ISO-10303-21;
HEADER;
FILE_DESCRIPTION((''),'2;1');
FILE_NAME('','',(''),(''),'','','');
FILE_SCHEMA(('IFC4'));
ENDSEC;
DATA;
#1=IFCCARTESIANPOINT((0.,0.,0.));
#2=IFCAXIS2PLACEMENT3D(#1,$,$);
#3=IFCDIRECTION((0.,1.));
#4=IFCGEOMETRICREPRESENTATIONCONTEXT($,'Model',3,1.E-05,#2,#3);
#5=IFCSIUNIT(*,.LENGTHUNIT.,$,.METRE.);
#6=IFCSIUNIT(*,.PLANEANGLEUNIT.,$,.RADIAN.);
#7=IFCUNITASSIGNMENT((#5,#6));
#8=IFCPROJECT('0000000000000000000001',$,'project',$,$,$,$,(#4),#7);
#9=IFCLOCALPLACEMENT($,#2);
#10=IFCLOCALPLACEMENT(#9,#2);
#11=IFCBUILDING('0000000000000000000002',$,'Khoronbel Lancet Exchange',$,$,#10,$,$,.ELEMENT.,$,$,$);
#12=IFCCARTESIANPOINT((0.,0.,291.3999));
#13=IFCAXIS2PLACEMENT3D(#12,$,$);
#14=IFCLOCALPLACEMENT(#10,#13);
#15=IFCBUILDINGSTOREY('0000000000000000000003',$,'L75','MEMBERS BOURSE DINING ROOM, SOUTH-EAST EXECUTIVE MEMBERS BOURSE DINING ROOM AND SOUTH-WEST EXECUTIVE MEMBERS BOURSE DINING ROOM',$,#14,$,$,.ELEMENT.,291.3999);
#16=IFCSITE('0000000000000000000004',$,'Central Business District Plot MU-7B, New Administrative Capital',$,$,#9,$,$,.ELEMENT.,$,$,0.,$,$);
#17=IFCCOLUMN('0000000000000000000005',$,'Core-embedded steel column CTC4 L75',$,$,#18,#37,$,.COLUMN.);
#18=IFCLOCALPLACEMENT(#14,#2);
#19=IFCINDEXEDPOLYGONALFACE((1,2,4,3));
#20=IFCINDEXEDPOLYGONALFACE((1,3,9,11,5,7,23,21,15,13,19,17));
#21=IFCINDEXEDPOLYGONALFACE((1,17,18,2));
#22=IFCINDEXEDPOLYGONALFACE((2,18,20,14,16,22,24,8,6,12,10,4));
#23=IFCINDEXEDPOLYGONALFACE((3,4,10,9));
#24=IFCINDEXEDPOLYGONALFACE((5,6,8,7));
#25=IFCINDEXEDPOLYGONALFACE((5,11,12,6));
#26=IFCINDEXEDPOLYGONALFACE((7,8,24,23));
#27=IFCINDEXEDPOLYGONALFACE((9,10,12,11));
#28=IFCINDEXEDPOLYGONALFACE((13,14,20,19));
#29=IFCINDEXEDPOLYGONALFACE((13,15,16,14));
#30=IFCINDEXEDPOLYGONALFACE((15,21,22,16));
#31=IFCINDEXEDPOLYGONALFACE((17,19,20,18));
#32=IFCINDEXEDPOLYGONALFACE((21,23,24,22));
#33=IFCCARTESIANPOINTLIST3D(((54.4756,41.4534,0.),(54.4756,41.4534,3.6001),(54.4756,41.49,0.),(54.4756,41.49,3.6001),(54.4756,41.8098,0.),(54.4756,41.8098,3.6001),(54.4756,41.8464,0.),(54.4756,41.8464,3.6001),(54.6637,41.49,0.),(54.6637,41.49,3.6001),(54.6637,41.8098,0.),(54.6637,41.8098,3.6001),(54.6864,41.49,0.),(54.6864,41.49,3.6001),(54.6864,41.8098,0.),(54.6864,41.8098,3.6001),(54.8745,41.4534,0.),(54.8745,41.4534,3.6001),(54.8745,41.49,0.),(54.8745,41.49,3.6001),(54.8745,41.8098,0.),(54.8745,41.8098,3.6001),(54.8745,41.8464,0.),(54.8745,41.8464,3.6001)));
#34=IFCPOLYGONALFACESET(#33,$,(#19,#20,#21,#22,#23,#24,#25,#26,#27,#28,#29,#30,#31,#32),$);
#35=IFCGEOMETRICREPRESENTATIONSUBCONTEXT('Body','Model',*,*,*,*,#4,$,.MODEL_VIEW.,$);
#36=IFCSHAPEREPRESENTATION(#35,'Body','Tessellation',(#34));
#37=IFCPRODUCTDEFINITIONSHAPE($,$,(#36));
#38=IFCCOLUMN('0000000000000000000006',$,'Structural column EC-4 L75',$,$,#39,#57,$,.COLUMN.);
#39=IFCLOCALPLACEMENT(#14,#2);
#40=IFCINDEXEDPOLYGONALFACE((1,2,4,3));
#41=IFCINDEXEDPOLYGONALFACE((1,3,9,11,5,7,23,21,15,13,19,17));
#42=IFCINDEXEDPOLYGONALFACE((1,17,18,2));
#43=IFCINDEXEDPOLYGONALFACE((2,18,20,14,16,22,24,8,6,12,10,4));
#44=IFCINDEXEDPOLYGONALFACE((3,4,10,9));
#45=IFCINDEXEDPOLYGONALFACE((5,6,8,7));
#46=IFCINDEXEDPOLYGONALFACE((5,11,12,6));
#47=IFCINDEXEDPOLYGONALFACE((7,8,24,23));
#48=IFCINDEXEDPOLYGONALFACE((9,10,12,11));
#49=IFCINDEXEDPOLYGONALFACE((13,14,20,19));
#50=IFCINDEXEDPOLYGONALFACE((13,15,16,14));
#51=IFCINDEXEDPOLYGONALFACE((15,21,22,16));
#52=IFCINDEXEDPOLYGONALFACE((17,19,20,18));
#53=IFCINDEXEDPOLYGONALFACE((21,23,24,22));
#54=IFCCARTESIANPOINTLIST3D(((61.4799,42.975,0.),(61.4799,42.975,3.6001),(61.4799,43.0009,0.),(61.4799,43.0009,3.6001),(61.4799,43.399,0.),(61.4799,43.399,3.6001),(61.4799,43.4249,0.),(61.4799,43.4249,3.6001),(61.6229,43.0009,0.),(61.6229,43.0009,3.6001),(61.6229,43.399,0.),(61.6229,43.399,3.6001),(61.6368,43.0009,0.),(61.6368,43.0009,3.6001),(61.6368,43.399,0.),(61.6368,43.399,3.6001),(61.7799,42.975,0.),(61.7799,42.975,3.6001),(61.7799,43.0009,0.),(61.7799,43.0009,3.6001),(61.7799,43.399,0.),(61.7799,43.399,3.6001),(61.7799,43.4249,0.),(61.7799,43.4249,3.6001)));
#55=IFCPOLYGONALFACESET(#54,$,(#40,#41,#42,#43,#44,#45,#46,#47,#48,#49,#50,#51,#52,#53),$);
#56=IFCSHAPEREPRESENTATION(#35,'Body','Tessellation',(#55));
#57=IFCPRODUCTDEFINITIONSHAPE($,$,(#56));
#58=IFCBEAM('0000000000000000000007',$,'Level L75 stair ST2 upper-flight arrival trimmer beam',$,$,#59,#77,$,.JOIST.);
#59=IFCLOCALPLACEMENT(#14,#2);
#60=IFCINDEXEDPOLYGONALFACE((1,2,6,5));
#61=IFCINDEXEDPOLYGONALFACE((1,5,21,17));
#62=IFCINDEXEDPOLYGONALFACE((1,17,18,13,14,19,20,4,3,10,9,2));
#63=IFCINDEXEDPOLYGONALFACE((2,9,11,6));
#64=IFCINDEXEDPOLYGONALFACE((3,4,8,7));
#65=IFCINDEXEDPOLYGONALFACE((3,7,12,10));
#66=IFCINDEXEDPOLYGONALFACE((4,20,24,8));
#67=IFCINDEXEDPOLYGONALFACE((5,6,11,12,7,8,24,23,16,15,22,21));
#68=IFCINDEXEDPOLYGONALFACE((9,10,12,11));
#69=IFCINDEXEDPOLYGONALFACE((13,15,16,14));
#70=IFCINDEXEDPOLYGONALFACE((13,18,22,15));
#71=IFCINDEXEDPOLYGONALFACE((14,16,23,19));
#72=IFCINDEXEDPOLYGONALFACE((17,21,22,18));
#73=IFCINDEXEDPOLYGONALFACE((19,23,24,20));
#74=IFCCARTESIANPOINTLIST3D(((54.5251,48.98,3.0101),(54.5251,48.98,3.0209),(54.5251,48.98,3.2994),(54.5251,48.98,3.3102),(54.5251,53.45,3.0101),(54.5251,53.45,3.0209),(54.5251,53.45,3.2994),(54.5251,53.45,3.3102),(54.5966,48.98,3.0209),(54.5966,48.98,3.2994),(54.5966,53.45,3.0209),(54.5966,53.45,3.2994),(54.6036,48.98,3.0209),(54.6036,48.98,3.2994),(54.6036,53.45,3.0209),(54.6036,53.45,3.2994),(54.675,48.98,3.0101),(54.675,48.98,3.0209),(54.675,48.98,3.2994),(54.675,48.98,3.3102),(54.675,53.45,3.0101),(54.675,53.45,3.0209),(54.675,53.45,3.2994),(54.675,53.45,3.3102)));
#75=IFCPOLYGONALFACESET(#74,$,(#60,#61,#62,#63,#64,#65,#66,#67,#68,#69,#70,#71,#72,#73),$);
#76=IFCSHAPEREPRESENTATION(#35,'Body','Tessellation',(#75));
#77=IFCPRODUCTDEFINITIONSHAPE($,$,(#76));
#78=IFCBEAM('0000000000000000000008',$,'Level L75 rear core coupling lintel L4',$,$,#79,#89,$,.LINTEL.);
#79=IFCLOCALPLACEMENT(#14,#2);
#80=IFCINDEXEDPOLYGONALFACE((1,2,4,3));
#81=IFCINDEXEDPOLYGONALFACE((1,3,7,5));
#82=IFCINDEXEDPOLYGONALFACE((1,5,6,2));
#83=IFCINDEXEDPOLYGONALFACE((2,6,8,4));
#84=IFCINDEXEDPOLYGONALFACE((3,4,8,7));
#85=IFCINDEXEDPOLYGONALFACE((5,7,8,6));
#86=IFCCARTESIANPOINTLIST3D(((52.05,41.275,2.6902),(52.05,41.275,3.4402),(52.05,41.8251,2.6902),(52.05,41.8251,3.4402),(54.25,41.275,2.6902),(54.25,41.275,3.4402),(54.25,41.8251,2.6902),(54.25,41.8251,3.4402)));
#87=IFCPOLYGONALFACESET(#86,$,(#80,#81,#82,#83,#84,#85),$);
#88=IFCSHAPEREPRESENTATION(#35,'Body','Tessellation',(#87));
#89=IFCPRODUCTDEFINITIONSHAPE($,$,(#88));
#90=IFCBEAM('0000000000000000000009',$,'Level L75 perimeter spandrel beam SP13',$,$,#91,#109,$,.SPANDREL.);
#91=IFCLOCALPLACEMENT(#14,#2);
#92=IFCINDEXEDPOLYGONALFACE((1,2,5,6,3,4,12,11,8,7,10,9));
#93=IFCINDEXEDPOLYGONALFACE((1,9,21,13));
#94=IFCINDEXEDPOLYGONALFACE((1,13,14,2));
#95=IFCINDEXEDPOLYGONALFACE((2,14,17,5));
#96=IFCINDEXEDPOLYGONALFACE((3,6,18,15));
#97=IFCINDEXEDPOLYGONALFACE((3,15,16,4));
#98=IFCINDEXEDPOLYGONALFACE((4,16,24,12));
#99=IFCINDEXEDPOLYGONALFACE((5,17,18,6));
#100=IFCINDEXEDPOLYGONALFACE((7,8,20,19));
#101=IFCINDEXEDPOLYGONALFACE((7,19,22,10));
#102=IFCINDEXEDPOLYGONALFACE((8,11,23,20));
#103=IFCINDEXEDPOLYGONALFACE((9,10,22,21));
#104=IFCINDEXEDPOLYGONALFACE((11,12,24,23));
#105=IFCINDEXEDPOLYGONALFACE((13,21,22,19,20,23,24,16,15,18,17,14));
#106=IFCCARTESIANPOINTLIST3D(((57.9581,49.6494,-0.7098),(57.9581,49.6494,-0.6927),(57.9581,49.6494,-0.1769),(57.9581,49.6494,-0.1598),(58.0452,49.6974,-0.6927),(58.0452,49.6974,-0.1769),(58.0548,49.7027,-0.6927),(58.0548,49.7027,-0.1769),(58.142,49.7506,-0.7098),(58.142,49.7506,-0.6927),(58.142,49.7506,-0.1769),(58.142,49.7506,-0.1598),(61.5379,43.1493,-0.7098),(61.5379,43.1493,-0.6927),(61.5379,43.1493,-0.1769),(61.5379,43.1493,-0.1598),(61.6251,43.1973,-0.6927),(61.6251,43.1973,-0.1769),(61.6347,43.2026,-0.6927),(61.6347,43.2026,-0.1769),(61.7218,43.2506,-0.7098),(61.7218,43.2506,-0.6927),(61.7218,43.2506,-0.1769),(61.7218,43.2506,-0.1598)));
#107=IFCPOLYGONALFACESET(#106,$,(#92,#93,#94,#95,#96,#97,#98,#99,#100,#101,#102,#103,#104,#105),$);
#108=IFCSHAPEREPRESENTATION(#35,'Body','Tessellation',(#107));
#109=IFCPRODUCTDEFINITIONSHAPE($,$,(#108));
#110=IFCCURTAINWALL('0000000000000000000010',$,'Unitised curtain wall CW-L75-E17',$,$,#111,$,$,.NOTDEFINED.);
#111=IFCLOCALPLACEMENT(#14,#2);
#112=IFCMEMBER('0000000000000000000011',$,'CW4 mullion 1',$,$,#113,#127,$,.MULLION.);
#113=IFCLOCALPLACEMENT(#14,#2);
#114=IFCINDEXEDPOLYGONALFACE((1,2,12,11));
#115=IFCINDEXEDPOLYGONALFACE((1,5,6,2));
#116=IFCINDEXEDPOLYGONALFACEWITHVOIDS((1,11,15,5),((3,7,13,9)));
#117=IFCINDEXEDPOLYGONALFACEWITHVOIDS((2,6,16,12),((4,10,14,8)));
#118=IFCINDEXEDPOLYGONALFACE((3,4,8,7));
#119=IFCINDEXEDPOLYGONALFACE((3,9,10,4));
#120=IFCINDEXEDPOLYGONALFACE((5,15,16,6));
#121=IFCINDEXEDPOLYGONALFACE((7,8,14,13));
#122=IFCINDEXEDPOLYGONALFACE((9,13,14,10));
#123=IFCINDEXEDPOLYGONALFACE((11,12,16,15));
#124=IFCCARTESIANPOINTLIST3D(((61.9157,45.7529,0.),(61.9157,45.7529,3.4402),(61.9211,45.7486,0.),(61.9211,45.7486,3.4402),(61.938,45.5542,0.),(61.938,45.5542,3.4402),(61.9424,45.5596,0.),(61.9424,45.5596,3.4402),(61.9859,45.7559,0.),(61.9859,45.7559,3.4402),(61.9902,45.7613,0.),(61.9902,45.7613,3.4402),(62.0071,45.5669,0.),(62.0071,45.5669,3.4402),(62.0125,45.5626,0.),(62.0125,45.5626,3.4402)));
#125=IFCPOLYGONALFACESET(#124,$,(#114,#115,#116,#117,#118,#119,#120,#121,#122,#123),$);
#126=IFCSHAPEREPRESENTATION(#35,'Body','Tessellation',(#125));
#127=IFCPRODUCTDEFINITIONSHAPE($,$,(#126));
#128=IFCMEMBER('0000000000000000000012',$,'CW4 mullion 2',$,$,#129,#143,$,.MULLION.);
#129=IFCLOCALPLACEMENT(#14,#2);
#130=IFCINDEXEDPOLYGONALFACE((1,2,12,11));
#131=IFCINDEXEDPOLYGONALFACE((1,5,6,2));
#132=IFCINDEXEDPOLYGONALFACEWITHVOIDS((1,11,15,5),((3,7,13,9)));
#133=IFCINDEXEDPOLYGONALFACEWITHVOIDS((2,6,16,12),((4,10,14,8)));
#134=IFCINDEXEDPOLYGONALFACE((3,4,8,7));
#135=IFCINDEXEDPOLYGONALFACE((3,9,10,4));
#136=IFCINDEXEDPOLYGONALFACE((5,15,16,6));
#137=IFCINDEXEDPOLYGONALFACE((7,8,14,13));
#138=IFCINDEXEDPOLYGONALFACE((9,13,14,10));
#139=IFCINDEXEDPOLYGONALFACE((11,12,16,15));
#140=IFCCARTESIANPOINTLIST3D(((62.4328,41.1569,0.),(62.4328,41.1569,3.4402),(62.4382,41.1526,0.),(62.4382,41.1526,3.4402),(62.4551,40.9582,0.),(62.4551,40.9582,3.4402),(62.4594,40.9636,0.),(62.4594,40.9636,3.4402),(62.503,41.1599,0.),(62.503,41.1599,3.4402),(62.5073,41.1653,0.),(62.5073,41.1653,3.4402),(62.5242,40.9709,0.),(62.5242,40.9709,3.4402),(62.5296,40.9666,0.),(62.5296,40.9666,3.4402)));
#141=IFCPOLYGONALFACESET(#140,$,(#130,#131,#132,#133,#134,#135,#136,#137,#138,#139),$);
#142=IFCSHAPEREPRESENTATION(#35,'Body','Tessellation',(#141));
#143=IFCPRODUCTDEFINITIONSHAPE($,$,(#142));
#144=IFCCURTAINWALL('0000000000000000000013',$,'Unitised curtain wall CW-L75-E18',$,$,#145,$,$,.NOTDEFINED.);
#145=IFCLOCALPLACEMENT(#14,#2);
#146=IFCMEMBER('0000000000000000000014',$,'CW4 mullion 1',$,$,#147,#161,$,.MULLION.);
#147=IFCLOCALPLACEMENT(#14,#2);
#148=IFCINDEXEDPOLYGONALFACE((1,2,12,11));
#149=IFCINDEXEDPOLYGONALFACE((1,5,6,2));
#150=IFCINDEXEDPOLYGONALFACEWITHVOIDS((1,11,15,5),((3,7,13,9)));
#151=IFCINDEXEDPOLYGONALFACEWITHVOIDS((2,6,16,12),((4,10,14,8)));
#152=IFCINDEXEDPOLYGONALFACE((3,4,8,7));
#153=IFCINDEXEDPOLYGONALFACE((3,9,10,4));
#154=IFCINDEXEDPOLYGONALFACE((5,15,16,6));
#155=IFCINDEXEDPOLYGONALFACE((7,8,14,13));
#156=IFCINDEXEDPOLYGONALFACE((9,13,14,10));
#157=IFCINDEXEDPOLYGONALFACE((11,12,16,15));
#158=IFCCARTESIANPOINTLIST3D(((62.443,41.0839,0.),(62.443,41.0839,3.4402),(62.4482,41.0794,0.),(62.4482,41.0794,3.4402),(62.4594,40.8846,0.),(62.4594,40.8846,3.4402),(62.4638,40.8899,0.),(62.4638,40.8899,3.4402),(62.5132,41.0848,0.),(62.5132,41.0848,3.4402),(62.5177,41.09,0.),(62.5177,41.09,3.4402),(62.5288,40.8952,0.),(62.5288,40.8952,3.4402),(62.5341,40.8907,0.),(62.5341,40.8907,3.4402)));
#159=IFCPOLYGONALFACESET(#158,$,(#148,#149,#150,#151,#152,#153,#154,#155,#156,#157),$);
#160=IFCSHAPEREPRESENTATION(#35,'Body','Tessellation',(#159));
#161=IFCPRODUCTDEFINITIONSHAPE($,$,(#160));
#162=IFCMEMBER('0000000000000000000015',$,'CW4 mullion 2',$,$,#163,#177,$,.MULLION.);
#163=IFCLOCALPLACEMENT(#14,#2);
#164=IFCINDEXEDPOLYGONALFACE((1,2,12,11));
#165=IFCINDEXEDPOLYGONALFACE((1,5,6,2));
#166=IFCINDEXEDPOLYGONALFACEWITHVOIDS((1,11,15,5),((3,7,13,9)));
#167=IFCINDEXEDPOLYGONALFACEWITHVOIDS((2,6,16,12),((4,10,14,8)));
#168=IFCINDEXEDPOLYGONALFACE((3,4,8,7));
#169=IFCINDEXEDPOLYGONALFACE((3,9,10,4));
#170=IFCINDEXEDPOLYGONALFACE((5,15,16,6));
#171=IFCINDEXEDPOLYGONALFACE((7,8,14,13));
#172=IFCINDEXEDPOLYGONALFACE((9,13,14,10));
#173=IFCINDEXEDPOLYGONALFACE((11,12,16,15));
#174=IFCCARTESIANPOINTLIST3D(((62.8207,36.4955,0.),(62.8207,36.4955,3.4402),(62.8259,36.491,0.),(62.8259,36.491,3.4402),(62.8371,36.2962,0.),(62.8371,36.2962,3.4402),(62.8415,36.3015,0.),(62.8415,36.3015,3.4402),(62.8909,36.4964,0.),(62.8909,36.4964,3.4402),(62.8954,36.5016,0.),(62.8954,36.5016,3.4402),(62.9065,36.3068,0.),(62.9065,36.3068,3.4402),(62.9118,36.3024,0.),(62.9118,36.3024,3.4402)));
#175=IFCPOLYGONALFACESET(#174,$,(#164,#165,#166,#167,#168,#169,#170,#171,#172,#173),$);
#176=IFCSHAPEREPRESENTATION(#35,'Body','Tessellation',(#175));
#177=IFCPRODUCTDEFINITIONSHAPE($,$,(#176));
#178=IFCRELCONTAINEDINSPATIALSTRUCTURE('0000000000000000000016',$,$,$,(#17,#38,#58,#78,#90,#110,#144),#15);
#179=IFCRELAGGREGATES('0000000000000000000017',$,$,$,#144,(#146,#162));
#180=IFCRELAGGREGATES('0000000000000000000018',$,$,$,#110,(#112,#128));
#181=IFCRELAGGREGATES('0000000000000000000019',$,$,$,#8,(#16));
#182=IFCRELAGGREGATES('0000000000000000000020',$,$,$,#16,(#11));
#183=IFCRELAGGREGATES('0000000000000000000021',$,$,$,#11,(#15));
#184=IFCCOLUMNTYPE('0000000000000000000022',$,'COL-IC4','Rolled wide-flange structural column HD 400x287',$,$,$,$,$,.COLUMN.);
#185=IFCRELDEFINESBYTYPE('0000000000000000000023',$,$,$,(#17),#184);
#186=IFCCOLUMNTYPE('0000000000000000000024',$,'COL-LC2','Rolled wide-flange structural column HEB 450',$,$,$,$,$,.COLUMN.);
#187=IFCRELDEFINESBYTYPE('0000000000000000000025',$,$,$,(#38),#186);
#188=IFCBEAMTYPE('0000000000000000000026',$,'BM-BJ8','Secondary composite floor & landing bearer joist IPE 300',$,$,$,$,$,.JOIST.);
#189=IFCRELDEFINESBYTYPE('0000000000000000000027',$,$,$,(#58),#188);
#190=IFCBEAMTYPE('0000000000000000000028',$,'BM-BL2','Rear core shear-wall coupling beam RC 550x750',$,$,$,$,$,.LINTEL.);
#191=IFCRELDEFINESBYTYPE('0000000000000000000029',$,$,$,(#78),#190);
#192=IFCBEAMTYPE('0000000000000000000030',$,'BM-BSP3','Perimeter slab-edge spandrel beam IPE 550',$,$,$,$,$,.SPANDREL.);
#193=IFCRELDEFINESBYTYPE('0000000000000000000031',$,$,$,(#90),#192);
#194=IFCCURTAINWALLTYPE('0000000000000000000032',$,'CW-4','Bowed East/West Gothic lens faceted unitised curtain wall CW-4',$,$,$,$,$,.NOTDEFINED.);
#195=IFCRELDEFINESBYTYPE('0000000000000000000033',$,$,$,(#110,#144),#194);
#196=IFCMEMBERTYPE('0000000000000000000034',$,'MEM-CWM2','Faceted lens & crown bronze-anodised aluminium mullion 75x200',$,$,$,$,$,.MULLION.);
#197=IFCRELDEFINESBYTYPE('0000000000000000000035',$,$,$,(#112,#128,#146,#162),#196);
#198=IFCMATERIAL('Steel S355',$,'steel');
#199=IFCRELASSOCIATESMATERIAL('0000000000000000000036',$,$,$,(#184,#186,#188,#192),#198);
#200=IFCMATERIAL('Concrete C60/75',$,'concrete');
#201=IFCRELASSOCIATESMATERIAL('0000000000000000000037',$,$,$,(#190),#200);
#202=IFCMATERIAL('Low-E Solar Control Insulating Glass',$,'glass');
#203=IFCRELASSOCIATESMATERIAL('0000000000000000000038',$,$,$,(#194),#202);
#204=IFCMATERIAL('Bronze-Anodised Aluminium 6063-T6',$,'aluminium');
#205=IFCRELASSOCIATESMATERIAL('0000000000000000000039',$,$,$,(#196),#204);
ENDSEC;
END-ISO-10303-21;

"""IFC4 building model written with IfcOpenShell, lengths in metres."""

from ifc_helpers import new_model, si_unit, direction, frame, origin, origin_2d, place, context, subcontext, project, spatial, rectangle, hollow_rectangle, i_section, extrude, material, material_profile, profile_set, type_object, element, aggregate, save


model = new_model("IFC4")

# Units and contexts
model_context = context("Model", 3, precision=1e-05, world=origin(), true_north=direction((0.0, 1.0)))
body_context = subcontext(model_context, "Body", "Model", "MODEL_VIEW")
ifc_project = project(units=[si_unit("LENGTHUNIT", "METRE"), si_unit("PLANEANGLEUNIT", "RADIAN")], contexts=[model_context])

# Site, building, storey
site_placement = place(None, origin())
site = spatial("IfcSite", under=ifc_project, at=site_placement, Name="Central Business District Plot MU-7B, New Administrative Capital", CompositionType="ELEMENT", RefElevation=0.0)
building_placement = place(site_placement, origin())
building = spatial("IfcBuilding", under=site, at=building_placement, Name="Khoronbel Lancet Exchange", CompositionType="ELEMENT")
storey_placement = place(building_placement, frame((0.0, 0.0, 291.3999)))
storey = spatial("IfcBuildingStorey", under=building, at=storey_placement, Name="L75", Description="MEMBERS BOURSE DINING ROOM, SOUTH-EAST EXECUTIVE MEMBERS BOURSE DINING ROOM AND SOUTH-WEST EXECUTIVE MEMBERS BOURSE DINING ROOM", CompositionType="ELEMENT", Elevation=291.3999)

# Columns
ifc_material_1 = material(Name="Steel S355", Category="steel")
ifc_material_profile_1 = material_profile(ifc_material_1, i_section(OverallWidth=0.3989, OverallDepth=0.3931, WebThickness=0.0227, FlangeThickness=0.0366, at=origin_2d()), Name="HD 400x287")
ifc_profile_set_1 = profile_set([ifc_material_profile_1], Name="Steel S355")
column_type_1 = type_object("IfcColumnType", Name="COL-IC4", Description="Rolled wide-flange structural column HD 400x287", PredefinedType="COLUMN", material=ifc_profile_set_1)
column_1_placement = place(storey_placement, frame((54.675, 41.6499, 0.0), z_axis=(0.0, 0.0, 1.0), x_axis=(1.0, 0.0, 0.0)))
element("IfcColumn", 1, at=column_1_placement, inside=storey, type_object=column_type_1, Name="Core-embedded steel column CTC4 L75", PredefinedType="COLUMN", context=body_context, shape_type="SweptSolid", body=[
    extrude(i_section(OverallWidth=0.3989, OverallDepth=0.3931, WebThickness=0.0227, FlangeThickness=0.0366, at=origin_2d()), origin(), (0.0, 0.0, 1.0), 3.6001),
])
ifc_material_profile_2 = material_profile(ifc_material_1, i_section(OverallWidth=0.3, OverallDepth=0.45, WebThickness=0.0139, FlangeThickness=0.0259, at=origin_2d()), Name="HEB 450")
ifc_profile_set_2 = profile_set([ifc_material_profile_2], Name="Steel S355")
column_type_2 = type_object("IfcColumnType", Name="COL-LC2", Description="Rolled wide-flange structural column HEB 450", PredefinedType="COLUMN", material=ifc_profile_set_2)
column_2_placement = place(storey_placement, frame((61.6299, 43.2, 0.0), z_axis=(0.0, 0.0, 1.0), x_axis=(1.0, 0.0, 0.0)))
element("IfcColumn", 2, at=column_2_placement, inside=storey, type_object=column_type_2, Name="Structural column EC-4 L75", PredefinedType="COLUMN", context=body_context, shape_type="SweptSolid", body=[
    extrude(i_section(OverallWidth=0.3, OverallDepth=0.45, WebThickness=0.0139, FlangeThickness=0.0259, at=origin_2d()), origin(), (0.0, 0.0, 1.0), 3.6001),
])

# Beams
ifc_material_profile_3 = material_profile(ifc_material_1, i_section(OverallWidth=0.1499, OverallDepth=0.3, WebThickness=0.0071, FlangeThickness=0.0107, at=origin_2d()), Name="IPE 300")
ifc_profile_set_3 = profile_set([ifc_material_profile_3], Name="Steel S355")
beam_type_1 = type_object("IfcBeamType", Name="BM-BJ8", Description="Secondary composite floor & landing bearer joist IPE 300", PredefinedType="JOIST", material=ifc_profile_set_3)
beam_1_placement = place(storey_placement, frame((54.6001, 48.98, 3.1602), z_axis=(0.0, 1.0, 0.0), x_axis=(-1.0, 0.0, 0.0)))
element("IfcBeam", 3, at=beam_1_placement, inside=storey, type_object=beam_type_1, Name="Level L75 stair ST2 upper-flight arrival trimmer beam", PredefinedType="JOIST", context=body_context, shape_type="SweptSolid", body=[
    extrude(i_section(OverallWidth=0.1499, OverallDepth=0.3, WebThickness=0.0071, FlangeThickness=0.0107, at=origin_2d()), origin(), (0.0, 0.0, 1.0), 4.47),
])
ifc_material_2 = material(Name="Concrete C60/75", Category="concrete")
ifc_material_profile_4 = material_profile(ifc_material_2, rectangle(XDim=0.55, YDim=0.75, at=origin_2d()), Name="RC 550x750")
ifc_profile_set_4 = profile_set([ifc_material_profile_4], Name="Concrete C60/75")
beam_type_2 = type_object("IfcBeamType", Name="BM-BL2", Description="Rear core shear-wall coupling beam RC 550x750", PredefinedType="LINTEL", material=ifc_profile_set_4)
beam_2_placement = place(storey_placement, frame((52.05, 41.55, 3.0652), z_axis=(1.0, 0.0, 0.0), x_axis=(0.0, 1.0, 0.0)))
element("IfcBeam", 4, at=beam_2_placement, inside=storey, type_object=beam_type_2, Name="Level L75 rear core coupling lintel L4", PredefinedType="LINTEL", context=body_context, shape_type="SweptSolid", body=[
    extrude(rectangle(XDim=0.55, YDim=0.75, at=origin_2d()), origin(), (0.0, 0.0, 1.0), 2.2),
])
ifc_material_profile_5 = material_profile(ifc_material_1, i_section(OverallWidth=0.21, OverallDepth=0.55, WebThickness=0.011, FlangeThickness=0.0171, at=origin_2d()), Name="IPE 550")
ifc_profile_set_5 = profile_set([ifc_material_profile_5], Name="Steel S355")
beam_type_3 = type_object("IfcBeamType", Name="BM-BSP3", Description="Perimeter slab-edge spandrel beam IPE 550", PredefinedType="SPANDREL", material=ifc_profile_set_5)
beam_3_placement = place(storey_placement, frame((61.6299, 43.2, -0.4348), z_axis=(-0.482419, 0.875941, 0.0), x_axis=(-0.875941, -0.482419, 0.0)))
element("IfcBeam", 5, at=beam_3_placement, inside=storey, type_object=beam_type_3, Name="Level L75 perimeter spandrel beam SP13", PredefinedType="SPANDREL", context=body_context, shape_type="SweptSolid", body=[
    extrude(i_section(OverallWidth=0.21, OverallDepth=0.55, WebThickness=0.011, FlangeThickness=0.0171, at=origin_2d()), origin(), (0.0, 0.0, 1.0), 7.4207),
])

# Curtain walls, members
ifc_material_3 = material(Name="Low-E Solar Control Insulating Glass", Category="glass")
curtain_wall_type = type_object("IfcCurtainWallType", Name="CW-4", Description="Bowed East/West Gothic lens faceted unitised curtain wall CW-4", PredefinedType="NOTDEFINED", material=ifc_material_3)
curtain_wall_1_placement = place(storey_placement, origin())
curtain_wall_1 = element("IfcCurtainWall", 6, at=curtain_wall_1_placement, inside=storey, type_object=curtain_wall_type, Name="Unitised curtain wall CW-L75-E17", PredefinedType="NOTDEFINED")
ifc_material_4 = material(Name="Bronze-Anodised Aluminium 6063-T6", Category="aluminium")
ifc_material_profile_6 = material_profile(ifc_material_4, hollow_rectangle(XDim=0.075, YDim=0.2, WallThickness=0.0049, at=origin_2d()), Name="ALU MULLION 75x200")
ifc_profile_set_6 = profile_set([ifc_material_profile_6], Name="Bronze-Anodised Aluminium 6063-T6")
member_type_1 = type_object("IfcMemberType", Name="MEM-CWM2", Description="Faceted lens & crown bronze-anodised aluminium mullion 75x200", PredefinedType="MULLION", material=ifc_profile_set_6)
member_1_placement = place(storey_placement, frame((61.9641, 45.6577, 0.0), z_axis=(0.0, 0.0, 1.0), x_axis=(0.993732, 0.111791, 0.0)))
member_1 = element("IfcMember", 7, at=member_1_placement, type_object=member_type_1, Name="CW4 mullion 1", PredefinedType="MULLION", context=body_context, shape_type="SweptSolid", body=[
    extrude(hollow_rectangle(XDim=0.075, YDim=0.2, WallThickness=0.0049, at=origin_2d()), origin(), (0.0, 0.0, 1.0), 3.4402),
])
member_2_placement = place(storey_placement, frame((62.4812, 41.0618, 0.0), z_axis=(0.0, 0.0, 1.0), x_axis=(0.993732, 0.111791, 0.0)))
member_2 = element("IfcMember", 8, at=member_2_placement, type_object=member_type_1, Name="CW4 mullion 2", PredefinedType="MULLION", context=body_context, shape_type="SweptSolid", body=[
    extrude(hollow_rectangle(XDim=0.075, YDim=0.2, WallThickness=0.0049, at=origin_2d()), origin(), (0.0, 0.0, 1.0), 3.4402),
])
curtain_wall_2_placement = place(storey_placement, origin())
curtain_wall_2 = element("IfcCurtainWall", 9, at=curtain_wall_2_placement, inside=storey, type_object=curtain_wall_type, Name="Unitised curtain wall CW-L75-E18", PredefinedType="NOTDEFINED")
member_3_placement = place(storey_placement, frame((62.4885, 40.9873, 0.0), z_axis=(0.0, 0.0, 1.0), x_axis=(0.996626, 0.082073, 0.0)))
member_3 = element("IfcMember", 10, at=member_3_placement, type_object=member_type_1, Name="CW4 mullion 1", PredefinedType="MULLION", context=body_context, shape_type="SweptSolid", body=[
    extrude(hollow_rectangle(XDim=0.075, YDim=0.2, WallThickness=0.0049, at=origin_2d()), origin(), (0.0, 0.0, 1.0), 3.4402),
])
member_4_placement = place(storey_placement, frame((62.8662, 36.3989, 0.0), z_axis=(0.0, 0.0, 1.0), x_axis=(0.996626, 0.082073, 0.0)))
member_4 = element("IfcMember", 11, at=member_4_placement, type_object=member_type_1, Name="CW4 mullion 2", PredefinedType="MULLION", context=body_context, shape_type="SweptSolid", body=[
    extrude(hollow_rectangle(XDim=0.075, YDim=0.2, WallThickness=0.0049, at=origin_2d()), origin(), (0.0, 0.0, 1.0), 3.4402),
])

aggregate(curtain_wall_2, [member_3, member_4])
aggregate(curtain_wall_1, [member_1, member_2])

save(model, "model.ifc")
